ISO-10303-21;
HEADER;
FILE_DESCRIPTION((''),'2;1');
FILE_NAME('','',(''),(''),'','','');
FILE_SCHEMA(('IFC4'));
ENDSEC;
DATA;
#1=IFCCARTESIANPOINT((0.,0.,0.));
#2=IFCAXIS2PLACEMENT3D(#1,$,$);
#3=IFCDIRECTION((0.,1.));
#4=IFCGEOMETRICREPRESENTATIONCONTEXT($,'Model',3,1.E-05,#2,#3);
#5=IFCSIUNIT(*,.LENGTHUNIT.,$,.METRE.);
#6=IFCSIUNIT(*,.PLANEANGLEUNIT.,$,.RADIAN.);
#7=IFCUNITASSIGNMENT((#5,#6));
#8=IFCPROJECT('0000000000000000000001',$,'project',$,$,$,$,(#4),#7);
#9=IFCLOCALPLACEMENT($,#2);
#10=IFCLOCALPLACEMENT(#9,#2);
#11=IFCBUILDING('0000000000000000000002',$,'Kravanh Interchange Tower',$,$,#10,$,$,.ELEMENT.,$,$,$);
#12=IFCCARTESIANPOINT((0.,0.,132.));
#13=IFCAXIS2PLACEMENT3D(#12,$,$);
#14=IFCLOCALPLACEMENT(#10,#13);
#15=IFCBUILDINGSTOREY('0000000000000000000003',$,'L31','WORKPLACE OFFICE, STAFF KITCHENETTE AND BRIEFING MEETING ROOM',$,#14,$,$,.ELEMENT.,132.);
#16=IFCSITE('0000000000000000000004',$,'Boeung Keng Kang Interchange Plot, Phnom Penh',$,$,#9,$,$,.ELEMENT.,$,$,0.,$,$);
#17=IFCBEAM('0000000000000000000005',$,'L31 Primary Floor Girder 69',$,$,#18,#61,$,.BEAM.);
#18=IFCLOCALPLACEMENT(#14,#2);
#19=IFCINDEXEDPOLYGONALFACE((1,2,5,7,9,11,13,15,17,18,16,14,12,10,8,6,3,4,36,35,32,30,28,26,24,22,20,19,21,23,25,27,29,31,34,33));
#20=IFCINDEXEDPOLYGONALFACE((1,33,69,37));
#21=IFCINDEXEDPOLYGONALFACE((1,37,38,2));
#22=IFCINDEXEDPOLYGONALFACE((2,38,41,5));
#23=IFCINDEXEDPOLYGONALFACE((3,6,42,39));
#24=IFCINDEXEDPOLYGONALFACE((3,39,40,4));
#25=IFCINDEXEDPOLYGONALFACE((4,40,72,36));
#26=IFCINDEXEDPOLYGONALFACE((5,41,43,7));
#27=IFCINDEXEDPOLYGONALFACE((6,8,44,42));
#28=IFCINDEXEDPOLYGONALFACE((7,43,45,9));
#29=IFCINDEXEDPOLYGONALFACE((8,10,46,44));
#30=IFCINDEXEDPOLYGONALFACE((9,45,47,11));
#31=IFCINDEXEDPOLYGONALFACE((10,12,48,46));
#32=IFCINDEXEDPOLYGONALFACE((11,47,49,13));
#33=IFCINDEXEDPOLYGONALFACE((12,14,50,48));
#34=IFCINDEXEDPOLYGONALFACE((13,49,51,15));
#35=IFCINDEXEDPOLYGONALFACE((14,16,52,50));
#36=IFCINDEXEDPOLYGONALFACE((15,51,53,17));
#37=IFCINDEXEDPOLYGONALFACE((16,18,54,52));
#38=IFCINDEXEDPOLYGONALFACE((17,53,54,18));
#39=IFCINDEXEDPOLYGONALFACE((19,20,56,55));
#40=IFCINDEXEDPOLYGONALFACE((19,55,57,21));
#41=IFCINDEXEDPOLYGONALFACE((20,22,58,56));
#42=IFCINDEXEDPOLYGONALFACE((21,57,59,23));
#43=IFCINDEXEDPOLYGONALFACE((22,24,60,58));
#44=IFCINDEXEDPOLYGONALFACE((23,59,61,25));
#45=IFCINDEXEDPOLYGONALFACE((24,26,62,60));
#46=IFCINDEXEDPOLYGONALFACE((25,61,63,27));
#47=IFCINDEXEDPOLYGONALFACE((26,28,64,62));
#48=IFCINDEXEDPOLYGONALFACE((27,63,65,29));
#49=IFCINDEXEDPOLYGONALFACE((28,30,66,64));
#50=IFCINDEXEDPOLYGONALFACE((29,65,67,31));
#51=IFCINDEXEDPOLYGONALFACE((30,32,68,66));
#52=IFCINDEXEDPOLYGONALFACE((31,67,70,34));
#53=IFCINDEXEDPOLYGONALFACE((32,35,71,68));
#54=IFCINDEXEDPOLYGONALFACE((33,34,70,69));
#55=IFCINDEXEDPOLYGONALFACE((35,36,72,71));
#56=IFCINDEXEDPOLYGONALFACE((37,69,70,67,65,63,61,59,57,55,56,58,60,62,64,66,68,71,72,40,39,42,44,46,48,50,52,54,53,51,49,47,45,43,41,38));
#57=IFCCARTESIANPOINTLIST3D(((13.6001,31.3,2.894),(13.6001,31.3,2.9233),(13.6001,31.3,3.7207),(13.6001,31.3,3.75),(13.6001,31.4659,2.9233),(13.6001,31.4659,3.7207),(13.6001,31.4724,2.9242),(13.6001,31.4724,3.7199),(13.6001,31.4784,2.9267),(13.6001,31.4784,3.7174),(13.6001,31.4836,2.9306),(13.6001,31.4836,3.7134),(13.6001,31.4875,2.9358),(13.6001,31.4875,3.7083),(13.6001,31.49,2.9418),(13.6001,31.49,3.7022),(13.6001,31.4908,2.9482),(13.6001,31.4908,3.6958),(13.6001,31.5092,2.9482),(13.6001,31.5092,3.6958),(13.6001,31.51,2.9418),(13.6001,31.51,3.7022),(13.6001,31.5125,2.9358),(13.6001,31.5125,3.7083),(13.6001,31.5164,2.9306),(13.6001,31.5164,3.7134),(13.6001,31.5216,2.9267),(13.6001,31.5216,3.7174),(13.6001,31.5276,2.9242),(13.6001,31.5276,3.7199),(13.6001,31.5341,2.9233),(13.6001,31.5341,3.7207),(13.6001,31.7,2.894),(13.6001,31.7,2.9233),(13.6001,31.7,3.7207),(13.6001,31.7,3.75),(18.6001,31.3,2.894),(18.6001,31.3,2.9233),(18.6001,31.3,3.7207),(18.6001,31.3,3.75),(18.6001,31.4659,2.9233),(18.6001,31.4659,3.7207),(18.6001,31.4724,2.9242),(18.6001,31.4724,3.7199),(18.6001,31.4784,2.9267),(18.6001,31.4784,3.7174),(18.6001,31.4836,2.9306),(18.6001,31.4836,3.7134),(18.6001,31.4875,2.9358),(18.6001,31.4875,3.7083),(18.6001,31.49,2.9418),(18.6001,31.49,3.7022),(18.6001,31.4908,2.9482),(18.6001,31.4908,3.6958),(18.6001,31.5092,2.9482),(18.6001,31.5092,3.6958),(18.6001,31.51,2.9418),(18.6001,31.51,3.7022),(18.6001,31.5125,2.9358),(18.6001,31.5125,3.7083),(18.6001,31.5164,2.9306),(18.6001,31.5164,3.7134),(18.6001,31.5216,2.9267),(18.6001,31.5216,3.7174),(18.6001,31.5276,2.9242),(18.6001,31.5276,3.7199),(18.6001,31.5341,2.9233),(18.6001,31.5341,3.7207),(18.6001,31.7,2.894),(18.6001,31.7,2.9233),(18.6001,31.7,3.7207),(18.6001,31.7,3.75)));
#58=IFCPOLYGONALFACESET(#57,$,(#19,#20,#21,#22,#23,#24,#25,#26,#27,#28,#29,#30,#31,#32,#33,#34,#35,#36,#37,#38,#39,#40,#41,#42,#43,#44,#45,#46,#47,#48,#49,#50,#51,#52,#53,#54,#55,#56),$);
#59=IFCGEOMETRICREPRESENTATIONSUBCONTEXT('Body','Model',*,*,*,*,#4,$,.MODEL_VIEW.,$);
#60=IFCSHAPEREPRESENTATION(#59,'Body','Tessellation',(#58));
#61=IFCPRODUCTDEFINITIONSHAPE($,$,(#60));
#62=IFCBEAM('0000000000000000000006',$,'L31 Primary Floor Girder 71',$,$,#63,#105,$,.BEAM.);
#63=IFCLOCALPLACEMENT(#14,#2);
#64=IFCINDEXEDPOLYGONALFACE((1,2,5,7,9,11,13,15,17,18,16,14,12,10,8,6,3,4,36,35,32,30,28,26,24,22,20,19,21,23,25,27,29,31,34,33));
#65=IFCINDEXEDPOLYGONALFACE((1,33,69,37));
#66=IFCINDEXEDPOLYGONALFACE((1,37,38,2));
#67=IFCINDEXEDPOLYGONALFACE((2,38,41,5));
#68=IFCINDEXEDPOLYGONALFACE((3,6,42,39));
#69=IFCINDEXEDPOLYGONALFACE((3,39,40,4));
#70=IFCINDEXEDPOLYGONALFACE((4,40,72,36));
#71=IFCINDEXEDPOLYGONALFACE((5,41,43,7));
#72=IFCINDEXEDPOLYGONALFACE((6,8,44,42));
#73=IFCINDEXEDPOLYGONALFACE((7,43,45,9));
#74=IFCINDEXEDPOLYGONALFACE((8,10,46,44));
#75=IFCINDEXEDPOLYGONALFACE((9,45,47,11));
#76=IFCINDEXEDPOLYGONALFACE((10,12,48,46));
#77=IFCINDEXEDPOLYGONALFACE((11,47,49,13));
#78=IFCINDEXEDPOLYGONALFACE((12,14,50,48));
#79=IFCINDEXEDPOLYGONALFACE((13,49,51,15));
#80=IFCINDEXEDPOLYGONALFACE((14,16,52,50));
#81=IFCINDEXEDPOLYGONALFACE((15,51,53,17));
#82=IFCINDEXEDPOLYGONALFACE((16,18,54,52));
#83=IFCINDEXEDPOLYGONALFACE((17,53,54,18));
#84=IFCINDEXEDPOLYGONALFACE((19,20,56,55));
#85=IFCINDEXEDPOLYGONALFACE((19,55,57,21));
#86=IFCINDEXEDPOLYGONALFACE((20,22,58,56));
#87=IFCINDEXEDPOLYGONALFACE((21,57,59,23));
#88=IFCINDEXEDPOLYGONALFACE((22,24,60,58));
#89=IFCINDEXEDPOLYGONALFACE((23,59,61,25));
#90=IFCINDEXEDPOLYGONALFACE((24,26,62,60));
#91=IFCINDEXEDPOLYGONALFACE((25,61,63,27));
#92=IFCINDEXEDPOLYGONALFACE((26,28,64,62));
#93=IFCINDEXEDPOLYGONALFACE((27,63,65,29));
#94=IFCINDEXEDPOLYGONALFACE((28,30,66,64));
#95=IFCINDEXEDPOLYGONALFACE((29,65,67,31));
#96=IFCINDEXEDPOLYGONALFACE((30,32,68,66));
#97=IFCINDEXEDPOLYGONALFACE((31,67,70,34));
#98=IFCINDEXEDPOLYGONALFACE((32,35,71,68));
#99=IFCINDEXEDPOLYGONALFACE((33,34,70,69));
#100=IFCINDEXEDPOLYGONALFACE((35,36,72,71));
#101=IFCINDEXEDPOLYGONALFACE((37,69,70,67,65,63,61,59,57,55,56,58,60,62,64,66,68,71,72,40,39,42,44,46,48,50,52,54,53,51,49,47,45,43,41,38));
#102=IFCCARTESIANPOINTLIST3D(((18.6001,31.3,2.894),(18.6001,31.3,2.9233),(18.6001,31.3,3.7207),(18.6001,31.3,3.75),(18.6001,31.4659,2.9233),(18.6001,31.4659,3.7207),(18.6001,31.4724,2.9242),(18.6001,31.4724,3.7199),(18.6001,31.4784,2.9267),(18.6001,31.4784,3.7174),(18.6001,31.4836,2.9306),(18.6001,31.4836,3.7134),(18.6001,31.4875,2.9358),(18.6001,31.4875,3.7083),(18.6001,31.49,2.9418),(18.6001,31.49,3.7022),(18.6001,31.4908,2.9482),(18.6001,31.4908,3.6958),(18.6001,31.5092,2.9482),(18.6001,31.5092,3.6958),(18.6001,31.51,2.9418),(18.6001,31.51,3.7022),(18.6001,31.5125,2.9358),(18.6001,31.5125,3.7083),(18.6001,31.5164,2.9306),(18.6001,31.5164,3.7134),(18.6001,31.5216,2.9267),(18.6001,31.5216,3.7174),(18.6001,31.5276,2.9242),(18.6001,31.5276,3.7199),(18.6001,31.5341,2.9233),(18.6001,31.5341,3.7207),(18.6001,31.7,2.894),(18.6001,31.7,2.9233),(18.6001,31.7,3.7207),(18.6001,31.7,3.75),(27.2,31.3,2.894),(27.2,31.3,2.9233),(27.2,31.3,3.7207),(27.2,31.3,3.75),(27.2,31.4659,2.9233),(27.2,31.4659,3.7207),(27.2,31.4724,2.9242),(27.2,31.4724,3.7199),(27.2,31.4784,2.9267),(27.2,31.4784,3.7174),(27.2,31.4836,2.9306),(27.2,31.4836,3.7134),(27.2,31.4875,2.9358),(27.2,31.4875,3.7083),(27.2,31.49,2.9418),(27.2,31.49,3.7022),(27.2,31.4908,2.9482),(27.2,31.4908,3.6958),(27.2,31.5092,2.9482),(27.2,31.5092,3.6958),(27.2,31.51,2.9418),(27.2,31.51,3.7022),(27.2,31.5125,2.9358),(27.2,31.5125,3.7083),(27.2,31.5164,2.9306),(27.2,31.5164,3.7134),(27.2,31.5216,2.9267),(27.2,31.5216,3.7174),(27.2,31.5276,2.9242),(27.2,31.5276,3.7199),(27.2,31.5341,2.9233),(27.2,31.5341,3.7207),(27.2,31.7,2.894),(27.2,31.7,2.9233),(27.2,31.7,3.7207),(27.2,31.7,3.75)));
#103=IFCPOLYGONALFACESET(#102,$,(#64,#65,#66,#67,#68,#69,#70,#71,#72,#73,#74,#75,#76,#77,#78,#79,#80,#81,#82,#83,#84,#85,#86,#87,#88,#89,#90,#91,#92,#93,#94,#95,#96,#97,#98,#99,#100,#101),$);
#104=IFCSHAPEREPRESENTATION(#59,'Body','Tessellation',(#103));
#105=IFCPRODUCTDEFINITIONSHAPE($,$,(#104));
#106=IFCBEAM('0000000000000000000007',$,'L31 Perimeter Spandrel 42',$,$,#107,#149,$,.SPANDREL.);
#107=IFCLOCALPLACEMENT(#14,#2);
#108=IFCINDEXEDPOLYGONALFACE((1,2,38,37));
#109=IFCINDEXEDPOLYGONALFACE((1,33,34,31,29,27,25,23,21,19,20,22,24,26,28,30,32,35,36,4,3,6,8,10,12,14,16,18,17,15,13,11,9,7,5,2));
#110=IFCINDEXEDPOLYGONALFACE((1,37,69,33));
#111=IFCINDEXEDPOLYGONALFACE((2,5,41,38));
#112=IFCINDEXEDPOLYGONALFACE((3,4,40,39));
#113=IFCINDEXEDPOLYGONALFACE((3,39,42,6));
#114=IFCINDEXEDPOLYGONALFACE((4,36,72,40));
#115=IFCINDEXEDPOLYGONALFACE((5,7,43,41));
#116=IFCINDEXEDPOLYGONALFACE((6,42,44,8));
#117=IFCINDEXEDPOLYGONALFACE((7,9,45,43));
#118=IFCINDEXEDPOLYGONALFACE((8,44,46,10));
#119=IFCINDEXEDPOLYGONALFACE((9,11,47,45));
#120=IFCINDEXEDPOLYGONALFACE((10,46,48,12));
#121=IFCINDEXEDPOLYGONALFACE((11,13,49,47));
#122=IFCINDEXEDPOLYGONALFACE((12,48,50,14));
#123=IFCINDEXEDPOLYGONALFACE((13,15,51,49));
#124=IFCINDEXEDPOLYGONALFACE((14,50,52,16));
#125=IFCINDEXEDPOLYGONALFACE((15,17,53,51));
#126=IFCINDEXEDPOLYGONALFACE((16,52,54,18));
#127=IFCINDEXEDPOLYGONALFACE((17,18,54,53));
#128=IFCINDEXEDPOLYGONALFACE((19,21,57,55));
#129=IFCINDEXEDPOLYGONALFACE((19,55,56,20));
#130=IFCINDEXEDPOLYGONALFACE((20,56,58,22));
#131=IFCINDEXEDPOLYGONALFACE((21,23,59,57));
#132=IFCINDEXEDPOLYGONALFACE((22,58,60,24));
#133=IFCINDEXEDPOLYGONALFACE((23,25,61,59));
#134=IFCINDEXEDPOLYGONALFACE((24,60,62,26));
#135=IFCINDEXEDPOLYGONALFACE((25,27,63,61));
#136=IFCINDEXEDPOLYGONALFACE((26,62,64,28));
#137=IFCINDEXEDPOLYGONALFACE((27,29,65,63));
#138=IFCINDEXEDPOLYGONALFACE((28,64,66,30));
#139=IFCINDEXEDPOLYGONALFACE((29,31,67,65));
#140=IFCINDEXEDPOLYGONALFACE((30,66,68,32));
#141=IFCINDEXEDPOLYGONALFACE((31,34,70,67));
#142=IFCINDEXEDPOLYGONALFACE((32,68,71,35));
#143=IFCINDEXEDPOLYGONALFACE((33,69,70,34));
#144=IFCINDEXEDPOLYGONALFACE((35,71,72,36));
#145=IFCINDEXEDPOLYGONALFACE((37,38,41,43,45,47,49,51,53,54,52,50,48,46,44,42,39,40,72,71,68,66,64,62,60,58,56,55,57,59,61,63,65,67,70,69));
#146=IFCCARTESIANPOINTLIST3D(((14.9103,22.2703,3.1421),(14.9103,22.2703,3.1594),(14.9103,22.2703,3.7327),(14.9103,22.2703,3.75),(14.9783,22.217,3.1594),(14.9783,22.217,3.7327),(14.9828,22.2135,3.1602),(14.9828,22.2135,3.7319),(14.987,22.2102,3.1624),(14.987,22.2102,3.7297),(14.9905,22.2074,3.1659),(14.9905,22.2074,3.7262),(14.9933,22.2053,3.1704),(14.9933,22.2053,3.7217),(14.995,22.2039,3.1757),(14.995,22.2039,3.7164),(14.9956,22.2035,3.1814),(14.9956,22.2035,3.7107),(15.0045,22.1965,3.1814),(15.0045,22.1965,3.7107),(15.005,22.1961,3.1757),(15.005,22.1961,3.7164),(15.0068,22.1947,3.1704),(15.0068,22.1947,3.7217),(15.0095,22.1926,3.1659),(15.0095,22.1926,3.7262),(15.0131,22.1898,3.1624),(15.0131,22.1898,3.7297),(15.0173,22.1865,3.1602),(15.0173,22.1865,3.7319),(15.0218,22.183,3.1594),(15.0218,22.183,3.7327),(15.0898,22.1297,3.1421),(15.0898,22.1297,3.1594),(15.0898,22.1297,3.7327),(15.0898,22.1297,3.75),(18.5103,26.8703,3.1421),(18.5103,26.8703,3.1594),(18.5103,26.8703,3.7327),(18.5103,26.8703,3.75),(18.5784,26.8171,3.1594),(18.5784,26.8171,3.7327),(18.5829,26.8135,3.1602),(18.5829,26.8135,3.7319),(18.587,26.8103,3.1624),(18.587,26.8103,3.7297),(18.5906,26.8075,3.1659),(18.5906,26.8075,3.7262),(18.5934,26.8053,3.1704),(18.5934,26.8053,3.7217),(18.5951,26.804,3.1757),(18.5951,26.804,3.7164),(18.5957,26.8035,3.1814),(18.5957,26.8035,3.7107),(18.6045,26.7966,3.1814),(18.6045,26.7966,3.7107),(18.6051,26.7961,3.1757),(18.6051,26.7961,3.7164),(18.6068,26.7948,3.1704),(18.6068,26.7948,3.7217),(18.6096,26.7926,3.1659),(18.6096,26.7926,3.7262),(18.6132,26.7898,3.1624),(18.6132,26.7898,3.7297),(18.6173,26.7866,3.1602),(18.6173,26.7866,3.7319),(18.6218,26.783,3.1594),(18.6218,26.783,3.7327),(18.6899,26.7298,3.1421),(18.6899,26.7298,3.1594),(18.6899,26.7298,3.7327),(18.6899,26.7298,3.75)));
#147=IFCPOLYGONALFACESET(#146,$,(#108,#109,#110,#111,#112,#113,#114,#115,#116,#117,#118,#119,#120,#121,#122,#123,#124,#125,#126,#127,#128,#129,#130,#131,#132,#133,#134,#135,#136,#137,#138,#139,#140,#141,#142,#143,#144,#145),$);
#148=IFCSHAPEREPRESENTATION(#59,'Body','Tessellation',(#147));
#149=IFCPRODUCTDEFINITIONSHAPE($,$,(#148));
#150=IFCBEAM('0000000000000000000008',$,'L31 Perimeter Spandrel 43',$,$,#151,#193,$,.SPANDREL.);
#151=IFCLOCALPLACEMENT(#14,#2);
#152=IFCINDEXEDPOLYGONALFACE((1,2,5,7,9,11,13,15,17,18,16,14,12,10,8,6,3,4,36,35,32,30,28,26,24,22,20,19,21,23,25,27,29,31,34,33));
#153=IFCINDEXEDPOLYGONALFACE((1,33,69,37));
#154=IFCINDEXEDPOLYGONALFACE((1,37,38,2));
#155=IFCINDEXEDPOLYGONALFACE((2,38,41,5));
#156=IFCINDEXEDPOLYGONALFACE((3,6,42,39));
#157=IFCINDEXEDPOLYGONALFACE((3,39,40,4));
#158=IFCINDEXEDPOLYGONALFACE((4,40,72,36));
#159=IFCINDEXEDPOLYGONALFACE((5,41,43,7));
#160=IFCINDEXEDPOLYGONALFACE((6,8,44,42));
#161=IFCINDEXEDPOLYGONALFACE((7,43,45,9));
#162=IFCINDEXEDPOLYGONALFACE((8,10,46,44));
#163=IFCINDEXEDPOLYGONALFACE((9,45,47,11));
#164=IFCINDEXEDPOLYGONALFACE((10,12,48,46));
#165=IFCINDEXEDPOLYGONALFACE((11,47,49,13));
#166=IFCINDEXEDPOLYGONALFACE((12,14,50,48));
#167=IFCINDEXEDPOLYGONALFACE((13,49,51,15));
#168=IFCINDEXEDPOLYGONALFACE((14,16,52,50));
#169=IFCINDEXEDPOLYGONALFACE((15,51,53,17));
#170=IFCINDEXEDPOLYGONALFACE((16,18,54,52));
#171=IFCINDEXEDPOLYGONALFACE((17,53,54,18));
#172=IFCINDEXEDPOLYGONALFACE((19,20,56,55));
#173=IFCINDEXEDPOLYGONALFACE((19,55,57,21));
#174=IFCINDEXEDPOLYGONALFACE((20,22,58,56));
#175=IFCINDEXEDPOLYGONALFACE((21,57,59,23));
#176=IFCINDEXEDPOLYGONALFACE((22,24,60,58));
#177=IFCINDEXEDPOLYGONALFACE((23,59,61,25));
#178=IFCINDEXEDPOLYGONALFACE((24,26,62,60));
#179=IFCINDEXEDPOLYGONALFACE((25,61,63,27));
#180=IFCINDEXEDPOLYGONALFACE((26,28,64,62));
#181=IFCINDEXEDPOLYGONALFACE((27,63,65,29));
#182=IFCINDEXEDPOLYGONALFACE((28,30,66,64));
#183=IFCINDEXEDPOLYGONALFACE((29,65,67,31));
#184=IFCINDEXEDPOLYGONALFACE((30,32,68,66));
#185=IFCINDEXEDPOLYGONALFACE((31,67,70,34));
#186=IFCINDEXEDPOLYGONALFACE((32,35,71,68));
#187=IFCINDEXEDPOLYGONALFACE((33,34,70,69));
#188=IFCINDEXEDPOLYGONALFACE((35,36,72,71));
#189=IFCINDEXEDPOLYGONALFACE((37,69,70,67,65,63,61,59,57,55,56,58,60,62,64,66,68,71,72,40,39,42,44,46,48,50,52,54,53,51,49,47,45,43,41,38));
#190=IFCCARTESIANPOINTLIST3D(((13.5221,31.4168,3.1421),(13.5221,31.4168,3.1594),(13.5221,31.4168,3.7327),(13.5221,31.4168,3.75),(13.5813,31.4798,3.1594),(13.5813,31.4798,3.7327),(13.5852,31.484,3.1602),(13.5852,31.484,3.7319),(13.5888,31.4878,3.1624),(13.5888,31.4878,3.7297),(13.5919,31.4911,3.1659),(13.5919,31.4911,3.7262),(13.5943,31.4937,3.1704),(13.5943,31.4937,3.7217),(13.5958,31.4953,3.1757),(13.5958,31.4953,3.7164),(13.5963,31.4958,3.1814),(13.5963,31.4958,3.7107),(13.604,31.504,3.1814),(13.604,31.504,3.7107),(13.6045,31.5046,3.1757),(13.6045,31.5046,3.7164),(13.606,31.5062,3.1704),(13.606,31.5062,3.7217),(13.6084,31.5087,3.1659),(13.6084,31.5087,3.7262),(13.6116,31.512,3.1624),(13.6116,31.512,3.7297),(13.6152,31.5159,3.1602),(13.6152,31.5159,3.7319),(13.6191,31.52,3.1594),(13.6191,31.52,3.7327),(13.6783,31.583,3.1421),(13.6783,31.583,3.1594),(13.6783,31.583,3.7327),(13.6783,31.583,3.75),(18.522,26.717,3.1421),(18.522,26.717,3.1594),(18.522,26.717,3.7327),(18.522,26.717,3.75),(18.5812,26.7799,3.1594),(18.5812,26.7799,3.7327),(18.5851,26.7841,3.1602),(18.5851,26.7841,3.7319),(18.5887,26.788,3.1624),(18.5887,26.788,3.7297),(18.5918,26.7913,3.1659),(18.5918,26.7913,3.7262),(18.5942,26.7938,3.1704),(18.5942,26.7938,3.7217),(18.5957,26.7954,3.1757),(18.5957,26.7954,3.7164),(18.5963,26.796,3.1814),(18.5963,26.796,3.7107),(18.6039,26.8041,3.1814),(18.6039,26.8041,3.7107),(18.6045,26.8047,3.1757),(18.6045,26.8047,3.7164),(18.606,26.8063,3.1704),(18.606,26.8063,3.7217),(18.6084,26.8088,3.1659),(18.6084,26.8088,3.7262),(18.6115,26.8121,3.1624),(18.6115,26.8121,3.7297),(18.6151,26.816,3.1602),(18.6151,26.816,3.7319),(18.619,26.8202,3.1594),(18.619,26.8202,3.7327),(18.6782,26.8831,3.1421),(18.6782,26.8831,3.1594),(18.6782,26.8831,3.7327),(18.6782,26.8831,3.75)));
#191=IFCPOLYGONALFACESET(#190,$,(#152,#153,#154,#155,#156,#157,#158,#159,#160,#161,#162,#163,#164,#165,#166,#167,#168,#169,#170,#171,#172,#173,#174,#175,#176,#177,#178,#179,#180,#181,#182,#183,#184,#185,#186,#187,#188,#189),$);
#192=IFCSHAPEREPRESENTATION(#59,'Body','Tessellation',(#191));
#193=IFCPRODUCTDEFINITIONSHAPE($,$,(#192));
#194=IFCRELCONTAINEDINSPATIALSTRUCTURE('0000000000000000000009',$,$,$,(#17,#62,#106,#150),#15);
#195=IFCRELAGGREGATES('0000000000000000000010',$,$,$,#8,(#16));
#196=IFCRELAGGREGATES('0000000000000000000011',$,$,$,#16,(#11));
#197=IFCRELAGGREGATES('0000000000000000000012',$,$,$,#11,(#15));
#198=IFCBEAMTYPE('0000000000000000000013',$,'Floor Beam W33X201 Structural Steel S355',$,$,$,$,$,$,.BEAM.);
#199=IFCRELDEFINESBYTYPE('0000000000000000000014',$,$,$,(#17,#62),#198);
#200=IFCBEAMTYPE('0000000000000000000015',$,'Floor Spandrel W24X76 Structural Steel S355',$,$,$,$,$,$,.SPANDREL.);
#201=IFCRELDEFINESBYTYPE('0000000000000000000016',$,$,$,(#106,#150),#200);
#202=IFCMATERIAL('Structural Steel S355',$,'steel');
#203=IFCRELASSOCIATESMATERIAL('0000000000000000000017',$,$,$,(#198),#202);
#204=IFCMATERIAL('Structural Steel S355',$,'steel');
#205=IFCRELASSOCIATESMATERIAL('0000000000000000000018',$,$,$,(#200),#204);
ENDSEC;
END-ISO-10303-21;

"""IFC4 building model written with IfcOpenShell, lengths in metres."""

from ifc_helpers import new_model, si_unit, direction, frame, origin, origin_2d, place, context, subcontext, project, spatial, i_section, extrude, material, material_profile, profile_set, type_object, element, save


model = new_model("IFC4")

# Units and contexts
model_context = context("Model", 3, precision=1e-05, world=origin(), true_north=direction((0.0, 1.0)))
body_context = subcontext(model_context, "Body", "Model", "MODEL_VIEW")
ifc_project = project(units=[si_unit("LENGTHUNIT", "METRE"), si_unit("PLANEANGLEUNIT", "RADIAN")], contexts=[model_context])

# Site, building, storey
site_placement = place(None, origin())
site = spatial("IfcSite", under=ifc_project, at=site_placement, Name="Boeung Keng Kang Interchange Plot, Phnom Penh", CompositionType="ELEMENT", RefElevation=0.0)
building_placement = place(site_placement, origin())
building = spatial("IfcBuilding", under=site, at=building_placement, Name="Kravanh Interchange Tower", CompositionType="ELEMENT")
storey_placement = place(building_placement, frame((0.0, 0.0, 132.0)))
storey = spatial("IfcBuildingStorey", under=building, at=storey_placement, Name="L31", Description="WORKPLACE OFFICE, STAFF KITCHENETTE AND BRIEFING MEETING ROOM", CompositionType="ELEMENT", Elevation=132.0)

# Beams
ifc_material_1 = material(Name="Structural Steel S355", Category="steel")
ifc_material_profile_1 = material_profile(ifc_material_1, i_section(OverallWidth=0.3999, OverallDepth=0.856, WebThickness=0.0183, FlangeThickness=0.0293, FilletRadius=0.0249, at=origin_2d()), Name="W33X201")
ifc_profile_set_1 = profile_set([ifc_material_profile_1], Name="Structural Steel S355")
beam_type_1 = type_object("IfcBeamType", Name="Floor Beam W33X201 Structural Steel S355", PredefinedType="BEAM", material=ifc_profile_set_1)
beam_1_placement = place(storey_placement, frame((13.6001, 31.5, 3.322), z_axis=(1.0, 0.0, 0.0), x_axis=(0.0, 1.0, 0.0)))
element("IfcBeam", 1, at=beam_1_placement, inside=storey, type_object=beam_type_1, Name="L31 Primary Floor Girder 69", PredefinedType="BEAM", context=body_context, shape_type="SweptSolid", body=[
    extrude(i_section(OverallWidth=0.3999, OverallDepth=0.856, WebThickness=0.0183, FlangeThickness=0.0293, FilletRadius=0.0249, at=origin_2d()), origin(), (0.0, 0.0, 1.0), 5.0),
])
beam_2_placement = place(storey_placement, frame((18.6001, 31.5, 3.322), z_axis=(1.0, 0.0, 0.0), x_axis=(0.0, 1.0, 0.0)))
element("IfcBeam", 2, at=beam_2_placement, inside=storey, type_object=beam_type_1, Name="L31 Primary Floor Girder 71", PredefinedType="BEAM", context=body_context, shape_type="SweptSolid", body=[
    extrude(i_section(OverallWidth=0.3999, OverallDepth=0.856, WebThickness=0.0183, FlangeThickness=0.0293, FilletRadius=0.0249, at=origin_2d()), origin(), (0.0, 0.0, 1.0), 8.5999),
])
ifc_material_2 = material(Name="Structural Steel S355", Category="steel")
ifc_material_profile_2 = material_profile(ifc_material_2, i_section(OverallWidth=0.228, OverallDepth=0.6079, WebThickness=0.0112, FlangeThickness=0.0173, FilletRadius=0.022, at=origin_2d()), Name="W24X76")
ifc_profile_set_2 = profile_set([ifc_material_profile_2], Name="Structural Steel S355")
beam_type_2 = type_object("IfcBeamType", Name="Floor Spandrel W24X76 Structural Steel S355", PredefinedType="SPANDREL", material=ifc_profile_set_2)
beam_3_placement = place(storey_placement, frame((18.6001, 26.8, 3.446), z_axis=(-0.616311, -0.787503, 0.0), x_axis=(0.787503, -0.616311, 0.0)))
element("IfcBeam", 3, at=beam_3_placement, inside=storey, type_object=beam_type_2, Name="L31 Perimeter Spandrel 42", PredefinedType="SPANDREL", context=body_context, shape_type="SweptSolid", body=[
    extrude(i_section(OverallWidth=0.228, OverallDepth=0.6079, WebThickness=0.0112, FlangeThickness=0.0173, FilletRadius=0.022, at=origin_2d()), origin(), (0.0, 0.0, 1.0), 5.8413),
])
beam_4_placement = place(storey_placement, frame((18.6001, 26.8, 3.446), z_axis=(-0.728631, 0.684906, 0.0), x_axis=(-0.684906, -0.728631, 0.0)))
element("IfcBeam", 4, at=beam_4_placement, inside=storey, type_object=beam_type_2, Name="L31 Perimeter Spandrel 43", PredefinedType="SPANDREL", context=body_context, shape_type="SweptSolid", body=[
    extrude(i_section(OverallWidth=0.228, OverallDepth=0.6079, WebThickness=0.0112, FlangeThickness=0.0173, FilletRadius=0.022, at=origin_2d()), origin(), (0.0, 0.0, 1.0), 6.8621),
])

save(model, "model.ifc")
